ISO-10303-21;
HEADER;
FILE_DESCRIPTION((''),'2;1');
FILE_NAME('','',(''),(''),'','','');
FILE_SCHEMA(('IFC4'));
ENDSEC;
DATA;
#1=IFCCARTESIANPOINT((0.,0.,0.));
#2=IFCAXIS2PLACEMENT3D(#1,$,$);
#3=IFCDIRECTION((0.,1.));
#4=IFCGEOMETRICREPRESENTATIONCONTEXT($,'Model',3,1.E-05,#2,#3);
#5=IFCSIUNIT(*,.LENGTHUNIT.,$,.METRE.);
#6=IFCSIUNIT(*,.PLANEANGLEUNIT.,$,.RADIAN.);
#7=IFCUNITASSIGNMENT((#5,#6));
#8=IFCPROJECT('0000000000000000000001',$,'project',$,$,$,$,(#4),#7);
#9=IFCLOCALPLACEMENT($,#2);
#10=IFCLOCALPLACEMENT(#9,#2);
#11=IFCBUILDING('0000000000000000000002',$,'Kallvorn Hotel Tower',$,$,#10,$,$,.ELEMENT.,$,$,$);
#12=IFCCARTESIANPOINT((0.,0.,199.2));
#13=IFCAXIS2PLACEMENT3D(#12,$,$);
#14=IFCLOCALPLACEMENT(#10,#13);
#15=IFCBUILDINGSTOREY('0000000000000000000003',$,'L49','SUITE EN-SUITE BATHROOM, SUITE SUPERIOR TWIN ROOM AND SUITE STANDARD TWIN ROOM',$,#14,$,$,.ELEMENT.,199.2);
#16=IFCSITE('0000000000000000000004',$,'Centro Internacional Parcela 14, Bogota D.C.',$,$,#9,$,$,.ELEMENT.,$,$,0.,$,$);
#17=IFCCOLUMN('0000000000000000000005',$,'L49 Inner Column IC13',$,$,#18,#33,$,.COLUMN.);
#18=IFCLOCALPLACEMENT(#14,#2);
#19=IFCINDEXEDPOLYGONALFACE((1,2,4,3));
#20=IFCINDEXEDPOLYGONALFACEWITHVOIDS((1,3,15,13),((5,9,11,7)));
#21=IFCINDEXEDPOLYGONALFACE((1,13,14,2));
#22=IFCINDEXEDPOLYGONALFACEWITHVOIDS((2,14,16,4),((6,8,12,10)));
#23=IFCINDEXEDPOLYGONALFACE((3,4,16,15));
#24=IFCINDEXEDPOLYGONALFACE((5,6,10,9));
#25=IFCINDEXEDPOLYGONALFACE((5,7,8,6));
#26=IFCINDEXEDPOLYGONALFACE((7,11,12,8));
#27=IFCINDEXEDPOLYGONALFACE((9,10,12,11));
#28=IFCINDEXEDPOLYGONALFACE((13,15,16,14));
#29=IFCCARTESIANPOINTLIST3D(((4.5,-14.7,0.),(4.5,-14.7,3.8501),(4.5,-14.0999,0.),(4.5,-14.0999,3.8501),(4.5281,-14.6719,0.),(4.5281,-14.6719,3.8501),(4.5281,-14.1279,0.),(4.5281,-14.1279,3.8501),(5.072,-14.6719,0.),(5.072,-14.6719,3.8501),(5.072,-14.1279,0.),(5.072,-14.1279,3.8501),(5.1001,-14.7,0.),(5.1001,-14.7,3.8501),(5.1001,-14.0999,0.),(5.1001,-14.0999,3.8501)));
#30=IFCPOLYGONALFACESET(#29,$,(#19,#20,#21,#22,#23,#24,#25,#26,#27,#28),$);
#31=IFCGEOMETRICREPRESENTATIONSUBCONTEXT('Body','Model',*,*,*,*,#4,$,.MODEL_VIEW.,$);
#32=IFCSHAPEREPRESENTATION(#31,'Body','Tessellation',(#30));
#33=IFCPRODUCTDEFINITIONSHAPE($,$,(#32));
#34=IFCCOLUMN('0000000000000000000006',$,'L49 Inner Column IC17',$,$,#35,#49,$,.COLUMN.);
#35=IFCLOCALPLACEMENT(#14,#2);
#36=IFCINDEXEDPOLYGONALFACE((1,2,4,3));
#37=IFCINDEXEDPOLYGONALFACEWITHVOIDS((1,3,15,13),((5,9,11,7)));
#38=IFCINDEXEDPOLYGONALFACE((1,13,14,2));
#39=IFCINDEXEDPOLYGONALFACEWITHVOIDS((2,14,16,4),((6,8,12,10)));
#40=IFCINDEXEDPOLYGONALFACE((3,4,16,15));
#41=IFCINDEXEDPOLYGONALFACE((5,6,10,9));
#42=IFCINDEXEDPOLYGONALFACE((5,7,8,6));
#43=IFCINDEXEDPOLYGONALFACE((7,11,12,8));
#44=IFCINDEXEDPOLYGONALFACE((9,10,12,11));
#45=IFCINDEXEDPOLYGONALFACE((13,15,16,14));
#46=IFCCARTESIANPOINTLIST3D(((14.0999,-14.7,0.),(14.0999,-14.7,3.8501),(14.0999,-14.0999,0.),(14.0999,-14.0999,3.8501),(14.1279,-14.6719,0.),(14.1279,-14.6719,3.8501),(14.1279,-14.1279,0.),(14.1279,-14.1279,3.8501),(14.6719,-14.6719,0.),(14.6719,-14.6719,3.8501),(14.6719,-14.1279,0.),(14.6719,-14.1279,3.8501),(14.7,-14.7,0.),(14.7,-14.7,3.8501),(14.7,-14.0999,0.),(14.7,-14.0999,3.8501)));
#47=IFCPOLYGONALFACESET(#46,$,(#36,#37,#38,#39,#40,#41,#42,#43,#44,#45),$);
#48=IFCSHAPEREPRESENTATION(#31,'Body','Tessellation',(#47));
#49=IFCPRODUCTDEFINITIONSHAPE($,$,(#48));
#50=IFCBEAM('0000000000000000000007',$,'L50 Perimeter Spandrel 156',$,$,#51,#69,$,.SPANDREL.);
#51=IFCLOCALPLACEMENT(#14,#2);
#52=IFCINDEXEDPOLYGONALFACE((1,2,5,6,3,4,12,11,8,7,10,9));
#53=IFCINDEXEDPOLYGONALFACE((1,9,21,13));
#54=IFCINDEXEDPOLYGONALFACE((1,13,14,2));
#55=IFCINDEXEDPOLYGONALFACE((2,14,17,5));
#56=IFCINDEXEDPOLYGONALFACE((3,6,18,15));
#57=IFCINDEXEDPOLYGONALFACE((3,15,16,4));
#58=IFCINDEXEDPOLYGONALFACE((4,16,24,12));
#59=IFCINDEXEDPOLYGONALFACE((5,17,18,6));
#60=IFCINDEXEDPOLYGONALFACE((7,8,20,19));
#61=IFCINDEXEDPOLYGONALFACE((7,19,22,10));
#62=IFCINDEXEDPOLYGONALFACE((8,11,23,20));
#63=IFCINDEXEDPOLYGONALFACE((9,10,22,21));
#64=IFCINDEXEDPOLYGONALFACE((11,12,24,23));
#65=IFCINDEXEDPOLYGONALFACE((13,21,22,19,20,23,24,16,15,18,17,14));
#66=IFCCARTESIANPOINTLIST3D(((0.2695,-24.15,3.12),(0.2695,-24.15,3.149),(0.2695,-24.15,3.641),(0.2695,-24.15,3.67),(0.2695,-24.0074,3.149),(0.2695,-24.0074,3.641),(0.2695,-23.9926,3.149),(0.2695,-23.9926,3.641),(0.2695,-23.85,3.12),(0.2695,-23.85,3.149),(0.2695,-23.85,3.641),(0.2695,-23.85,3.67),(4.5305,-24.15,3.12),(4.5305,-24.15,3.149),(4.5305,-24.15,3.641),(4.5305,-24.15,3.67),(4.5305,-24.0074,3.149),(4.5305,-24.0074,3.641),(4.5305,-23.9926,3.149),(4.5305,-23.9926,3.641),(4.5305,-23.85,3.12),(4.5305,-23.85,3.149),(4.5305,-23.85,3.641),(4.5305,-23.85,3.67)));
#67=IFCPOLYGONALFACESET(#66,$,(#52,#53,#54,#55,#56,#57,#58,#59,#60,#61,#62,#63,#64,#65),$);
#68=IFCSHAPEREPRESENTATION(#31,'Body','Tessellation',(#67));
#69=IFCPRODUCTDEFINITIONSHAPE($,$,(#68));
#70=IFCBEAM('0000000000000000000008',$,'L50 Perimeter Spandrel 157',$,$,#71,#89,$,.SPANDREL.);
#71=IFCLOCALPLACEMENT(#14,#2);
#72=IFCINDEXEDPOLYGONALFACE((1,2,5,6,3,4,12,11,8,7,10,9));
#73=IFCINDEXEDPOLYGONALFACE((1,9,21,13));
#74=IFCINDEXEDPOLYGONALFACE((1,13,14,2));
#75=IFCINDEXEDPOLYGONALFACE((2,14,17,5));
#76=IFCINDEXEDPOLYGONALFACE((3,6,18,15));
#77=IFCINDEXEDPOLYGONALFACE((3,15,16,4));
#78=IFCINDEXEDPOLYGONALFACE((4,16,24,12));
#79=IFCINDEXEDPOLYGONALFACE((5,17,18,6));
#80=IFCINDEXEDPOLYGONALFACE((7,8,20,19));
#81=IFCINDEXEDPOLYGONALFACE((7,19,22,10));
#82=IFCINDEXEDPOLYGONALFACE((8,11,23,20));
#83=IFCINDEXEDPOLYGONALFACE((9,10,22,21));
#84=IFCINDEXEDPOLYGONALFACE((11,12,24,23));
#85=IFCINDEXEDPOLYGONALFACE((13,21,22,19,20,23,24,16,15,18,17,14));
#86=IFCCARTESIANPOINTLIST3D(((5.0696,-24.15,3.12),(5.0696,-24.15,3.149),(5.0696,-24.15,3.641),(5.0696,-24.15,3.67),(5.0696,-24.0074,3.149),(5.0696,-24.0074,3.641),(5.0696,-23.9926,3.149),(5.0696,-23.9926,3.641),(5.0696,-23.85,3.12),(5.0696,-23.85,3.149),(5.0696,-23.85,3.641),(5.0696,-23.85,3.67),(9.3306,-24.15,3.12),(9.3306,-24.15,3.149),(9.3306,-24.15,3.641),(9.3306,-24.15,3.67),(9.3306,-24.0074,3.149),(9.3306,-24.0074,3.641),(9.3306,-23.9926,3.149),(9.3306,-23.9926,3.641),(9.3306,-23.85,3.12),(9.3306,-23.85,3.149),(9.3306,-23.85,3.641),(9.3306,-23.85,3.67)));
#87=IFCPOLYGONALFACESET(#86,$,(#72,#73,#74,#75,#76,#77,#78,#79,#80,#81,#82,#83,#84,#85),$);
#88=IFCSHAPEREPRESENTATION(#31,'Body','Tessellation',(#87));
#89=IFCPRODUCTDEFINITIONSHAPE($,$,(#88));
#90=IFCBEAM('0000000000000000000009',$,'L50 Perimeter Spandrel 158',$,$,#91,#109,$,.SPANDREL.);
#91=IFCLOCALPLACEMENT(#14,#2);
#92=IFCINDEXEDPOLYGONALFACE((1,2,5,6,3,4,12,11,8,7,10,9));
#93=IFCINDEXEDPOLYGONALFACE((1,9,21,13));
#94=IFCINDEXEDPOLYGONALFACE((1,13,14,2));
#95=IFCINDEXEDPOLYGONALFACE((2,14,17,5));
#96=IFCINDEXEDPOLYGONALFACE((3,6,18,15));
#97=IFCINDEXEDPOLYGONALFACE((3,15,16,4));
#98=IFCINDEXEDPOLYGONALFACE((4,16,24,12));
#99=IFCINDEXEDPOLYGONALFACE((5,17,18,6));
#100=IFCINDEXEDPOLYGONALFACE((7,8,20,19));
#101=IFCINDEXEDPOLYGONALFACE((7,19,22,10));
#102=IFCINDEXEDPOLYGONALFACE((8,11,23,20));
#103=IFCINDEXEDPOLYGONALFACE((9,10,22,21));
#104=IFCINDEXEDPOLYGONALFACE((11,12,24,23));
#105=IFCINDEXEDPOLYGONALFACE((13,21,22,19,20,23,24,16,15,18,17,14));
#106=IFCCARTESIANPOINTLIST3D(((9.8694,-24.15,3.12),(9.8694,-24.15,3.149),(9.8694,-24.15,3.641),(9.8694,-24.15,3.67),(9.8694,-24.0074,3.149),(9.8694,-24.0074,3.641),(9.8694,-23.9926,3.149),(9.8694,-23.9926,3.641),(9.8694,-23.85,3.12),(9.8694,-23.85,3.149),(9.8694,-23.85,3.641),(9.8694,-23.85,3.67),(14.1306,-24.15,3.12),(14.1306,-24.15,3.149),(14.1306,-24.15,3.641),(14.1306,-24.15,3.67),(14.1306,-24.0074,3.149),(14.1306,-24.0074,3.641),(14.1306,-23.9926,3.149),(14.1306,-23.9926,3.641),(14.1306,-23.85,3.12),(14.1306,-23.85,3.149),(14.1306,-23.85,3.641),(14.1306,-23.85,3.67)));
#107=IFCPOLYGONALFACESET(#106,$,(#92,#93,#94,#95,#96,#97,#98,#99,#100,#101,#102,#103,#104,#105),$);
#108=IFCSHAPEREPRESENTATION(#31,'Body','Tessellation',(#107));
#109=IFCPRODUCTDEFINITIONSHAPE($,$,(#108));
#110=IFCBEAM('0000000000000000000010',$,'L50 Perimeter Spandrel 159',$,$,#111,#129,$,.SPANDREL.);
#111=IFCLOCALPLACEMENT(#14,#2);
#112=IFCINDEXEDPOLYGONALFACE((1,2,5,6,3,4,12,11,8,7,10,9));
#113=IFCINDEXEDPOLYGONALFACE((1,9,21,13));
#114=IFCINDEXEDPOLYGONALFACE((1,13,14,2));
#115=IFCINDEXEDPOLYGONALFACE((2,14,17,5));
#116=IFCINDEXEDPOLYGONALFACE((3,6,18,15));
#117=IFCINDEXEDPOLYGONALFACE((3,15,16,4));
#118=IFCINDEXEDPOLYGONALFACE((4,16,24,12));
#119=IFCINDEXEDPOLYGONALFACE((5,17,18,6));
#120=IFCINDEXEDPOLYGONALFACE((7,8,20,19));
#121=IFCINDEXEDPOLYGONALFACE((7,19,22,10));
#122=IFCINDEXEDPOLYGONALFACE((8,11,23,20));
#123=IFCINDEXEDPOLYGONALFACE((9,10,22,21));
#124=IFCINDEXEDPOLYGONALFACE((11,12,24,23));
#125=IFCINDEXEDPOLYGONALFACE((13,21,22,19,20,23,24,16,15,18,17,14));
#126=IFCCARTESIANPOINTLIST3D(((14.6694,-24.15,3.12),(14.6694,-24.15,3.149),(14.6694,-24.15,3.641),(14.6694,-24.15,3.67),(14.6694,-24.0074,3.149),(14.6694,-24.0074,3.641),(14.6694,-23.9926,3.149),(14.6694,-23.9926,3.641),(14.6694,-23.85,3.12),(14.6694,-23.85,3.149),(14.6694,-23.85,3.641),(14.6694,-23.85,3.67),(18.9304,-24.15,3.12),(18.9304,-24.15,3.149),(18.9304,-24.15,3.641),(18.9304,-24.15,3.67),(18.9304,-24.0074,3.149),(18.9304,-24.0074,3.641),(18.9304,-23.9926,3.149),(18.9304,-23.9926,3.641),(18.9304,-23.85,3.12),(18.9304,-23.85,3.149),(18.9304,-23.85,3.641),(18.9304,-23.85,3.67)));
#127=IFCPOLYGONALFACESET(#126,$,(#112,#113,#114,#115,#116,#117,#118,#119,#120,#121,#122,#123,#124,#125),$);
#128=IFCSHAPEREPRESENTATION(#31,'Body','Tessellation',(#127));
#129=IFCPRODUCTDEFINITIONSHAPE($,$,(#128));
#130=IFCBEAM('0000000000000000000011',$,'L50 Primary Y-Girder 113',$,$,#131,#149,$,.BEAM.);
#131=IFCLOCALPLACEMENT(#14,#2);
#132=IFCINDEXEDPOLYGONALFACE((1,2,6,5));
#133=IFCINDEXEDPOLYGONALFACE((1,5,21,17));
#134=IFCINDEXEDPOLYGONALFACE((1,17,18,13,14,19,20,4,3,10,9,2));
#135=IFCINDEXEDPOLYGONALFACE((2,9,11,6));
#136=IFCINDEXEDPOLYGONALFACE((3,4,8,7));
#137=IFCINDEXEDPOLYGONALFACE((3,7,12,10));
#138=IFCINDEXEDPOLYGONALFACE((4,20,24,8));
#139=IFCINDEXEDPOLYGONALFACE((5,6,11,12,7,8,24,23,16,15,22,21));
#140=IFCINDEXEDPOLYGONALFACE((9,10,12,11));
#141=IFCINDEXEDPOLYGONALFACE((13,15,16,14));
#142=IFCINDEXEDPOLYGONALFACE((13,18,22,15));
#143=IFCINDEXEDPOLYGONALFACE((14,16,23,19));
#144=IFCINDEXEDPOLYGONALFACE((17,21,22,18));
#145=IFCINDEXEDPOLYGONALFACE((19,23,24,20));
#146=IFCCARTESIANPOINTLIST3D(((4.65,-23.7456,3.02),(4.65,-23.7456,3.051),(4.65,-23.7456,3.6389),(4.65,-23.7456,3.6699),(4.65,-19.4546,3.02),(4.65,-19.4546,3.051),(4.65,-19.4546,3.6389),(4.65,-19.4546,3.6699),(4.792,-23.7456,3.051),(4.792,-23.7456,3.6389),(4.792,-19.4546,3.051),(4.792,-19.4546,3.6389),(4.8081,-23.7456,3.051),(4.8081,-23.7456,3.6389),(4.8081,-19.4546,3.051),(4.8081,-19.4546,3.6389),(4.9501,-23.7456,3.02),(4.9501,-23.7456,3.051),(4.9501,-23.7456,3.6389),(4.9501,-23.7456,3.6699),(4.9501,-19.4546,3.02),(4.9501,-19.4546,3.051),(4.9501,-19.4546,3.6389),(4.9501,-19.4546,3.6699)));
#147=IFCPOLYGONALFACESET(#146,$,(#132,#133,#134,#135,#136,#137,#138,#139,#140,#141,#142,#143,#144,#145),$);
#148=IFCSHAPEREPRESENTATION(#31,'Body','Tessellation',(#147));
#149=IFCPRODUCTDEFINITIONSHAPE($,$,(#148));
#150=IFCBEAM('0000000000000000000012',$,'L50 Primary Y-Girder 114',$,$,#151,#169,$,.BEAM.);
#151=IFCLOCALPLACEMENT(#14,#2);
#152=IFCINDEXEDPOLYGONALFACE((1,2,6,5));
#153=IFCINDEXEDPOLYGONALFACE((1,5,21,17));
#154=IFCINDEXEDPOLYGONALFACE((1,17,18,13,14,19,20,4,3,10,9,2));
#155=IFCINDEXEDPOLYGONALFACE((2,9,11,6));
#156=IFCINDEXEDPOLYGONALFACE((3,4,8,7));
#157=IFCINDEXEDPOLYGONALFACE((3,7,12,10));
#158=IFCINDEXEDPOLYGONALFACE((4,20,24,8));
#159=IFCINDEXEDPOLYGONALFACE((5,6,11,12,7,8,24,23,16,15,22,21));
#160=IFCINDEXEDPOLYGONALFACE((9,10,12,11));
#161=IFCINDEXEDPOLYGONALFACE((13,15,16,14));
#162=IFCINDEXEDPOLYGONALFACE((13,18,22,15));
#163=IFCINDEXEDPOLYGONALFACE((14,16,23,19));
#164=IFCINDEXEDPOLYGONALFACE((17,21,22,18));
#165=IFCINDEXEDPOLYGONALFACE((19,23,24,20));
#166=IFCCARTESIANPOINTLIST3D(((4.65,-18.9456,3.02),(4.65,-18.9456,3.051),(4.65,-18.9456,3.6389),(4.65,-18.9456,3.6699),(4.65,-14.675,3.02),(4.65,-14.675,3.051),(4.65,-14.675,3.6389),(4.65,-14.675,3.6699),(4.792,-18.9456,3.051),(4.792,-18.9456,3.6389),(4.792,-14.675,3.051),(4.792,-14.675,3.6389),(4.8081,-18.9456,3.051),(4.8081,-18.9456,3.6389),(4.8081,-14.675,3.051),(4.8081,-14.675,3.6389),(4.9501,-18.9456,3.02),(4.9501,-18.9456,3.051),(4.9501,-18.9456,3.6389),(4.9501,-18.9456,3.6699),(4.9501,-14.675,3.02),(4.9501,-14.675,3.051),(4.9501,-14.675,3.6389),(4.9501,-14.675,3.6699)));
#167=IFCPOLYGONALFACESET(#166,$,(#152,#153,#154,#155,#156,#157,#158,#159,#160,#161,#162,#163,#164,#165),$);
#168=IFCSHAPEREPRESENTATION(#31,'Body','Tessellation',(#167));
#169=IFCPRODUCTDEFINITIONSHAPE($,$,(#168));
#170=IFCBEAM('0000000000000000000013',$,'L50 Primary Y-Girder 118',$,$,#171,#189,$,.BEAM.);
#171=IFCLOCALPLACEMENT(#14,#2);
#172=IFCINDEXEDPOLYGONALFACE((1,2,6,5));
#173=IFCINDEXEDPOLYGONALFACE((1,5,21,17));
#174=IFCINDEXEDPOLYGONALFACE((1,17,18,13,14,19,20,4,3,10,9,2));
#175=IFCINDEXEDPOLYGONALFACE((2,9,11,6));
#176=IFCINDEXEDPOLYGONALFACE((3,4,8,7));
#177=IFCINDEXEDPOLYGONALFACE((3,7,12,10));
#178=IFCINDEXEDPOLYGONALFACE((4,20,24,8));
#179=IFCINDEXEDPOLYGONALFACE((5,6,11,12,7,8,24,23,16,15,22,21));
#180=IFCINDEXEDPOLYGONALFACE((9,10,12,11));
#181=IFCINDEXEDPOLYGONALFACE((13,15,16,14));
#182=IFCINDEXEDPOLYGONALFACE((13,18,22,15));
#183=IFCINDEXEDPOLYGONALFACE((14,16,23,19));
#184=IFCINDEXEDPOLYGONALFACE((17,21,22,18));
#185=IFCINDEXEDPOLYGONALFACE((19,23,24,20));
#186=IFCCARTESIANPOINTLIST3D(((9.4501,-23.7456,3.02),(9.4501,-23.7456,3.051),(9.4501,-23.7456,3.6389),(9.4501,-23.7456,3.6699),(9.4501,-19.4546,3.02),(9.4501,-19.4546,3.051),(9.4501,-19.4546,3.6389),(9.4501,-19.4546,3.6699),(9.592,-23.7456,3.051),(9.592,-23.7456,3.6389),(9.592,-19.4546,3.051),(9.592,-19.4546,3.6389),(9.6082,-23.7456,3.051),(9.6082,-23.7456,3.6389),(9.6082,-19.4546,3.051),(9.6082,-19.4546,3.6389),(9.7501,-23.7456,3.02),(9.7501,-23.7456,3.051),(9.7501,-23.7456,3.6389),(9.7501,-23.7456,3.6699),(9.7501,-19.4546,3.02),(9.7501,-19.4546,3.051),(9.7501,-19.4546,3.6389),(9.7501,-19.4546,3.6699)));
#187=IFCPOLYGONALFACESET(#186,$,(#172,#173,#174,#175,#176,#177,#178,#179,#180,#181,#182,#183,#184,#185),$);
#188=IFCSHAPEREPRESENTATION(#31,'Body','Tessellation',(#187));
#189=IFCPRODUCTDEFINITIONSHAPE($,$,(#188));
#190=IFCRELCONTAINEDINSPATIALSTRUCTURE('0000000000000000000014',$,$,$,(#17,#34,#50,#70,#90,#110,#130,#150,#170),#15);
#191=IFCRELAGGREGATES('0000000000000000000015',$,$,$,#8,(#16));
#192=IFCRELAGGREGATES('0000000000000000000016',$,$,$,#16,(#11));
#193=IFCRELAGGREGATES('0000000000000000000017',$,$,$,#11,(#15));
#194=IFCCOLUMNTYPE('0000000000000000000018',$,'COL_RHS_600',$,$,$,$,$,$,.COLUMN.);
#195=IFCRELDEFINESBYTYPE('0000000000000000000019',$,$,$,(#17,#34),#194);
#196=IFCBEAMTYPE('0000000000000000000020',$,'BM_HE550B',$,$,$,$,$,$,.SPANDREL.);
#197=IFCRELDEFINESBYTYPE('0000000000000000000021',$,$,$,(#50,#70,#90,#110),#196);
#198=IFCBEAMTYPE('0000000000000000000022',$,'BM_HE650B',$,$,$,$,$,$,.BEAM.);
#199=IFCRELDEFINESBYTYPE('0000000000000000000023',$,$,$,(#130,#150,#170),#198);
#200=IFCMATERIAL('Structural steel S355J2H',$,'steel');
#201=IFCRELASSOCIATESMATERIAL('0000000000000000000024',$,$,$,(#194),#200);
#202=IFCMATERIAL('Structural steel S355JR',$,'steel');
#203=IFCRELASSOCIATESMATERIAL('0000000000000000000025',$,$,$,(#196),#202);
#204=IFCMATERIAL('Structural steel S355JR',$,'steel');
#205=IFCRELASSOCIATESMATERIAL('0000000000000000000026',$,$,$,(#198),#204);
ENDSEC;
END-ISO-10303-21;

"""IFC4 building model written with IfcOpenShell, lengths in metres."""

from ifc_helpers import new_model, si_unit, direction, frame, origin, origin_2d, place, context, subcontext, project, spatial, hollow_rectangle, i_section, extrude, material, material_profile, profile_set, type_object, element, save


model = new_model("IFC4")

# Units and contexts
model_context = context("Model", 3, precision=1e-05, world=origin(), true_north=direction((0.0, 1.0)))
body_context = subcontext(model_context, "Body", "Model", "MODEL_VIEW")
ifc_project = project(units=[si_unit("LENGTHUNIT", "METRE"), si_unit("PLANEANGLEUNIT", "RADIAN")], contexts=[model_context])

# Site, building, storey
site_placement = place(None, origin())
site = spatial("IfcSite", under=ifc_project, at=site_placement, Name="Centro Internacional Parcela 14, Bogota D.C.", CompositionType="ELEMENT", RefElevation=0.0)
building_placement = place(site_placement, origin())
building = spatial("IfcBuilding", under=site, at=building_placement, Name="Kallvorn Hotel Tower", CompositionType="ELEMENT")
storey_placement = place(building_placement, frame((0.0, 0.0, 199.2)))
storey = spatial("IfcBuildingStorey", under=building, at=storey_placement, Name="L49", Description="SUITE EN-SUITE BATHROOM, SUITE SUPERIOR TWIN ROOM AND SUITE STANDARD TWIN ROOM", CompositionType="ELEMENT", Elevation=199.2)

# Columns
ifc_material_1 = material(Name="Structural steel S355J2H", Category="steel")
ifc_material_profile_1 = material_profile(ifc_material_1, hollow_rectangle(XDim=0.6001, YDim=0.6001, WallThickness=0.0281, at=origin_2d()), Name="RHS 600x600x28")
ifc_profile_set_1 = profile_set([ifc_material_profile_1], Name="Structural steel S355J2H")
column_type_1 = type_object("IfcColumnType", Name="COL_RHS_600", PredefinedType="COLUMN", material=ifc_profile_set_1)
for number, where, z_axis, x_axis, name in (
    (1, (4.8, -14.3999, 0.0), (0.0, 0.0, 1.0), (1.0, 0.0, 0.0), "L49 Inner Column IC13"),
    (2, (14.3999, -14.3999, 0.0), (0.0, 0.0, 1.0), (1.0, 0.0, 0.0), "L49 Inner Column IC17"),
):
    element("IfcColumn", number, at=place(storey_placement, frame(where, z_axis=z_axis, x_axis=x_axis)), inside=storey, type_object=column_type_1, Name=name, PredefinedType="COLUMN", context=body_context, shape_type="SweptSolid", body=[
        extrude(hollow_rectangle(XDim=0.6001, YDim=0.6001, WallThickness=0.0281, at=origin_2d()), origin(), (0.0, 0.0, 1.0), 3.8501),
    ])

# Beams
ifc_material_2 = material(Name="Structural steel S355JR", Category="steel")
ifc_material_profile_2 = material_profile(ifc_material_2, i_section(OverallWidth=0.3, OverallDepth=0.55, WebThickness=0.0149, FlangeThickness=0.0291, at=origin_2d()), Name="HE 550 B")
ifc_profile_set_2 = profile_set([ifc_material_profile_2], Name="Structural steel S355JR")
beam_type_1 = type_object("IfcBeamType", Name="BM_HE550B", PredefinedType="SPANDREL", material=ifc_profile_set_2)
for number, where, z_axis, x_axis, name in (
    (3, (0.2695, -24.0, 3.395), (1.0, 0.0, 0.0), (0.0, 1.0, 0.0), "L50 Perimeter Spandrel 156"),
    (4, (5.0696, -24.0, 3.395), (1.0, 0.0, 0.0), (0.0, 1.0, 0.0), "L50 Perimeter Spandrel 157"),
):
    element("IfcBeam", number, at=place(storey_placement, frame(where, z_axis=z_axis, x_axis=x_axis)), inside=storey, type_object=beam_type_1, Name=name, PredefinedType="SPANDREL", context=body_context, shape_type="SweptSolid", body=[
        extrude(i_section(OverallWidth=0.3, OverallDepth=0.55, WebThickness=0.0149, FlangeThickness=0.0291, at=origin_2d()), origin(), (0.0, 0.0, 1.0), 4.261),
    ])
beam_1_placement = place(storey_placement, frame((9.8694, -24.0, 3.395), z_axis=(1.0, 0.0, 0.0), x_axis=(0.0, 1.0, 0.0)))
element("IfcBeam", 5, at=beam_1_placement, inside=storey, type_object=beam_type_1, Name="L50 Perimeter Spandrel 158", PredefinedType="SPANDREL", context=body_context, shape_type="SweptSolid", body=[
    extrude(i_section(OverallWidth=0.3, OverallDepth=0.55, WebThickness=0.0149, FlangeThickness=0.0291, at=origin_2d()), origin(), (0.0, 0.0, 1.0), 4.2612),
])
beam_2_placement = place(storey_placement, frame((14.6694, -24.0, 3.395), z_axis=(1.0, 0.0, 0.0), x_axis=(0.0, 1.0, 0.0)))
element("IfcBeam", 6, at=beam_2_placement, inside=storey, type_object=beam_type_1, Name="L50 Perimeter Spandrel 159", PredefinedType="SPANDREL", context=body_context, shape_type="SweptSolid", body=[
    extrude(i_section(OverallWidth=0.3, OverallDepth=0.55, WebThickness=0.0149, FlangeThickness=0.0291, at=origin_2d()), origin(), (0.0, 0.0, 1.0), 4.261),
])
ifc_material_3 = material(Name="Structural steel S355JR", Category="steel")
ifc_material_profile_3 = material_profile(ifc_material_3, i_section(OverallWidth=0.3, OverallDepth=0.6499, WebThickness=0.0161, FlangeThickness=0.031, at=origin_2d()), Name="HE 650 B")
ifc_profile_set_3 = profile_set([ifc_material_profile_3], Name="Structural steel S355JR")
beam_type_2 = type_object("IfcBeamType", Name="BM_HE650B", PredefinedType="BEAM", material=ifc_profile_set_3)
beam_3_placement = place(storey_placement, frame((4.8, -23.7456, 3.345), z_axis=(0.0, 1.0, 0.0), x_axis=(-1.0, 0.0, 0.0)))
element("IfcBeam", 7, at=beam_3_placement, inside=storey, type_object=beam_type_2, Name="L50 Primary Y-Girder 113", PredefinedType="BEAM", context=body_context, shape_type="SweptSolid", body=[
    extrude(i_section(OverallWidth=0.3, OverallDepth=0.6499, WebThickness=0.0161, FlangeThickness=0.031, at=origin_2d()), origin(), (0.0, 0.0, 1.0), 4.291),
])
beam_4_placement = place(storey_placement, frame((4.8, -18.9456, 3.345), z_axis=(0.0, 1.0, 0.0), x_axis=(-1.0, 0.0, 0.0)))
element("IfcBeam", 8, at=beam_4_placement, inside=storey, type_object=beam_type_2, Name="L50 Primary Y-Girder 114", PredefinedType="BEAM", context=body_context, shape_type="SweptSolid", body=[
    extrude(i_section(OverallWidth=0.3, OverallDepth=0.6499, WebThickness=0.0161, FlangeThickness=0.031, at=origin_2d()), origin(), (0.0, 0.0, 1.0), 4.2705),
])
for number, where, z_axis, x_axis, name in (
    (9, (9.6001, -23.7456, 3.345), (0.0, 1.0, 0.0), (-1.0, 0.0, 0.0), "L50 Primary Y-Girder 118"),
):
    element("IfcBeam", number, at=place(storey_placement, frame(where, z_axis=z_axis, x_axis=x_axis)), inside=storey, type_object=beam_type_2, Name=name, PredefinedType="BEAM", context=body_context, shape_type="SweptSolid", body=[
        extrude(i_section(OverallWidth=0.3, OverallDepth=0.6499, WebThickness=0.0161, FlangeThickness=0.031, at=origin_2d()), origin(), (0.0, 0.0, 1.0), 4.291),
    ])

save(model, "model.ifc")
